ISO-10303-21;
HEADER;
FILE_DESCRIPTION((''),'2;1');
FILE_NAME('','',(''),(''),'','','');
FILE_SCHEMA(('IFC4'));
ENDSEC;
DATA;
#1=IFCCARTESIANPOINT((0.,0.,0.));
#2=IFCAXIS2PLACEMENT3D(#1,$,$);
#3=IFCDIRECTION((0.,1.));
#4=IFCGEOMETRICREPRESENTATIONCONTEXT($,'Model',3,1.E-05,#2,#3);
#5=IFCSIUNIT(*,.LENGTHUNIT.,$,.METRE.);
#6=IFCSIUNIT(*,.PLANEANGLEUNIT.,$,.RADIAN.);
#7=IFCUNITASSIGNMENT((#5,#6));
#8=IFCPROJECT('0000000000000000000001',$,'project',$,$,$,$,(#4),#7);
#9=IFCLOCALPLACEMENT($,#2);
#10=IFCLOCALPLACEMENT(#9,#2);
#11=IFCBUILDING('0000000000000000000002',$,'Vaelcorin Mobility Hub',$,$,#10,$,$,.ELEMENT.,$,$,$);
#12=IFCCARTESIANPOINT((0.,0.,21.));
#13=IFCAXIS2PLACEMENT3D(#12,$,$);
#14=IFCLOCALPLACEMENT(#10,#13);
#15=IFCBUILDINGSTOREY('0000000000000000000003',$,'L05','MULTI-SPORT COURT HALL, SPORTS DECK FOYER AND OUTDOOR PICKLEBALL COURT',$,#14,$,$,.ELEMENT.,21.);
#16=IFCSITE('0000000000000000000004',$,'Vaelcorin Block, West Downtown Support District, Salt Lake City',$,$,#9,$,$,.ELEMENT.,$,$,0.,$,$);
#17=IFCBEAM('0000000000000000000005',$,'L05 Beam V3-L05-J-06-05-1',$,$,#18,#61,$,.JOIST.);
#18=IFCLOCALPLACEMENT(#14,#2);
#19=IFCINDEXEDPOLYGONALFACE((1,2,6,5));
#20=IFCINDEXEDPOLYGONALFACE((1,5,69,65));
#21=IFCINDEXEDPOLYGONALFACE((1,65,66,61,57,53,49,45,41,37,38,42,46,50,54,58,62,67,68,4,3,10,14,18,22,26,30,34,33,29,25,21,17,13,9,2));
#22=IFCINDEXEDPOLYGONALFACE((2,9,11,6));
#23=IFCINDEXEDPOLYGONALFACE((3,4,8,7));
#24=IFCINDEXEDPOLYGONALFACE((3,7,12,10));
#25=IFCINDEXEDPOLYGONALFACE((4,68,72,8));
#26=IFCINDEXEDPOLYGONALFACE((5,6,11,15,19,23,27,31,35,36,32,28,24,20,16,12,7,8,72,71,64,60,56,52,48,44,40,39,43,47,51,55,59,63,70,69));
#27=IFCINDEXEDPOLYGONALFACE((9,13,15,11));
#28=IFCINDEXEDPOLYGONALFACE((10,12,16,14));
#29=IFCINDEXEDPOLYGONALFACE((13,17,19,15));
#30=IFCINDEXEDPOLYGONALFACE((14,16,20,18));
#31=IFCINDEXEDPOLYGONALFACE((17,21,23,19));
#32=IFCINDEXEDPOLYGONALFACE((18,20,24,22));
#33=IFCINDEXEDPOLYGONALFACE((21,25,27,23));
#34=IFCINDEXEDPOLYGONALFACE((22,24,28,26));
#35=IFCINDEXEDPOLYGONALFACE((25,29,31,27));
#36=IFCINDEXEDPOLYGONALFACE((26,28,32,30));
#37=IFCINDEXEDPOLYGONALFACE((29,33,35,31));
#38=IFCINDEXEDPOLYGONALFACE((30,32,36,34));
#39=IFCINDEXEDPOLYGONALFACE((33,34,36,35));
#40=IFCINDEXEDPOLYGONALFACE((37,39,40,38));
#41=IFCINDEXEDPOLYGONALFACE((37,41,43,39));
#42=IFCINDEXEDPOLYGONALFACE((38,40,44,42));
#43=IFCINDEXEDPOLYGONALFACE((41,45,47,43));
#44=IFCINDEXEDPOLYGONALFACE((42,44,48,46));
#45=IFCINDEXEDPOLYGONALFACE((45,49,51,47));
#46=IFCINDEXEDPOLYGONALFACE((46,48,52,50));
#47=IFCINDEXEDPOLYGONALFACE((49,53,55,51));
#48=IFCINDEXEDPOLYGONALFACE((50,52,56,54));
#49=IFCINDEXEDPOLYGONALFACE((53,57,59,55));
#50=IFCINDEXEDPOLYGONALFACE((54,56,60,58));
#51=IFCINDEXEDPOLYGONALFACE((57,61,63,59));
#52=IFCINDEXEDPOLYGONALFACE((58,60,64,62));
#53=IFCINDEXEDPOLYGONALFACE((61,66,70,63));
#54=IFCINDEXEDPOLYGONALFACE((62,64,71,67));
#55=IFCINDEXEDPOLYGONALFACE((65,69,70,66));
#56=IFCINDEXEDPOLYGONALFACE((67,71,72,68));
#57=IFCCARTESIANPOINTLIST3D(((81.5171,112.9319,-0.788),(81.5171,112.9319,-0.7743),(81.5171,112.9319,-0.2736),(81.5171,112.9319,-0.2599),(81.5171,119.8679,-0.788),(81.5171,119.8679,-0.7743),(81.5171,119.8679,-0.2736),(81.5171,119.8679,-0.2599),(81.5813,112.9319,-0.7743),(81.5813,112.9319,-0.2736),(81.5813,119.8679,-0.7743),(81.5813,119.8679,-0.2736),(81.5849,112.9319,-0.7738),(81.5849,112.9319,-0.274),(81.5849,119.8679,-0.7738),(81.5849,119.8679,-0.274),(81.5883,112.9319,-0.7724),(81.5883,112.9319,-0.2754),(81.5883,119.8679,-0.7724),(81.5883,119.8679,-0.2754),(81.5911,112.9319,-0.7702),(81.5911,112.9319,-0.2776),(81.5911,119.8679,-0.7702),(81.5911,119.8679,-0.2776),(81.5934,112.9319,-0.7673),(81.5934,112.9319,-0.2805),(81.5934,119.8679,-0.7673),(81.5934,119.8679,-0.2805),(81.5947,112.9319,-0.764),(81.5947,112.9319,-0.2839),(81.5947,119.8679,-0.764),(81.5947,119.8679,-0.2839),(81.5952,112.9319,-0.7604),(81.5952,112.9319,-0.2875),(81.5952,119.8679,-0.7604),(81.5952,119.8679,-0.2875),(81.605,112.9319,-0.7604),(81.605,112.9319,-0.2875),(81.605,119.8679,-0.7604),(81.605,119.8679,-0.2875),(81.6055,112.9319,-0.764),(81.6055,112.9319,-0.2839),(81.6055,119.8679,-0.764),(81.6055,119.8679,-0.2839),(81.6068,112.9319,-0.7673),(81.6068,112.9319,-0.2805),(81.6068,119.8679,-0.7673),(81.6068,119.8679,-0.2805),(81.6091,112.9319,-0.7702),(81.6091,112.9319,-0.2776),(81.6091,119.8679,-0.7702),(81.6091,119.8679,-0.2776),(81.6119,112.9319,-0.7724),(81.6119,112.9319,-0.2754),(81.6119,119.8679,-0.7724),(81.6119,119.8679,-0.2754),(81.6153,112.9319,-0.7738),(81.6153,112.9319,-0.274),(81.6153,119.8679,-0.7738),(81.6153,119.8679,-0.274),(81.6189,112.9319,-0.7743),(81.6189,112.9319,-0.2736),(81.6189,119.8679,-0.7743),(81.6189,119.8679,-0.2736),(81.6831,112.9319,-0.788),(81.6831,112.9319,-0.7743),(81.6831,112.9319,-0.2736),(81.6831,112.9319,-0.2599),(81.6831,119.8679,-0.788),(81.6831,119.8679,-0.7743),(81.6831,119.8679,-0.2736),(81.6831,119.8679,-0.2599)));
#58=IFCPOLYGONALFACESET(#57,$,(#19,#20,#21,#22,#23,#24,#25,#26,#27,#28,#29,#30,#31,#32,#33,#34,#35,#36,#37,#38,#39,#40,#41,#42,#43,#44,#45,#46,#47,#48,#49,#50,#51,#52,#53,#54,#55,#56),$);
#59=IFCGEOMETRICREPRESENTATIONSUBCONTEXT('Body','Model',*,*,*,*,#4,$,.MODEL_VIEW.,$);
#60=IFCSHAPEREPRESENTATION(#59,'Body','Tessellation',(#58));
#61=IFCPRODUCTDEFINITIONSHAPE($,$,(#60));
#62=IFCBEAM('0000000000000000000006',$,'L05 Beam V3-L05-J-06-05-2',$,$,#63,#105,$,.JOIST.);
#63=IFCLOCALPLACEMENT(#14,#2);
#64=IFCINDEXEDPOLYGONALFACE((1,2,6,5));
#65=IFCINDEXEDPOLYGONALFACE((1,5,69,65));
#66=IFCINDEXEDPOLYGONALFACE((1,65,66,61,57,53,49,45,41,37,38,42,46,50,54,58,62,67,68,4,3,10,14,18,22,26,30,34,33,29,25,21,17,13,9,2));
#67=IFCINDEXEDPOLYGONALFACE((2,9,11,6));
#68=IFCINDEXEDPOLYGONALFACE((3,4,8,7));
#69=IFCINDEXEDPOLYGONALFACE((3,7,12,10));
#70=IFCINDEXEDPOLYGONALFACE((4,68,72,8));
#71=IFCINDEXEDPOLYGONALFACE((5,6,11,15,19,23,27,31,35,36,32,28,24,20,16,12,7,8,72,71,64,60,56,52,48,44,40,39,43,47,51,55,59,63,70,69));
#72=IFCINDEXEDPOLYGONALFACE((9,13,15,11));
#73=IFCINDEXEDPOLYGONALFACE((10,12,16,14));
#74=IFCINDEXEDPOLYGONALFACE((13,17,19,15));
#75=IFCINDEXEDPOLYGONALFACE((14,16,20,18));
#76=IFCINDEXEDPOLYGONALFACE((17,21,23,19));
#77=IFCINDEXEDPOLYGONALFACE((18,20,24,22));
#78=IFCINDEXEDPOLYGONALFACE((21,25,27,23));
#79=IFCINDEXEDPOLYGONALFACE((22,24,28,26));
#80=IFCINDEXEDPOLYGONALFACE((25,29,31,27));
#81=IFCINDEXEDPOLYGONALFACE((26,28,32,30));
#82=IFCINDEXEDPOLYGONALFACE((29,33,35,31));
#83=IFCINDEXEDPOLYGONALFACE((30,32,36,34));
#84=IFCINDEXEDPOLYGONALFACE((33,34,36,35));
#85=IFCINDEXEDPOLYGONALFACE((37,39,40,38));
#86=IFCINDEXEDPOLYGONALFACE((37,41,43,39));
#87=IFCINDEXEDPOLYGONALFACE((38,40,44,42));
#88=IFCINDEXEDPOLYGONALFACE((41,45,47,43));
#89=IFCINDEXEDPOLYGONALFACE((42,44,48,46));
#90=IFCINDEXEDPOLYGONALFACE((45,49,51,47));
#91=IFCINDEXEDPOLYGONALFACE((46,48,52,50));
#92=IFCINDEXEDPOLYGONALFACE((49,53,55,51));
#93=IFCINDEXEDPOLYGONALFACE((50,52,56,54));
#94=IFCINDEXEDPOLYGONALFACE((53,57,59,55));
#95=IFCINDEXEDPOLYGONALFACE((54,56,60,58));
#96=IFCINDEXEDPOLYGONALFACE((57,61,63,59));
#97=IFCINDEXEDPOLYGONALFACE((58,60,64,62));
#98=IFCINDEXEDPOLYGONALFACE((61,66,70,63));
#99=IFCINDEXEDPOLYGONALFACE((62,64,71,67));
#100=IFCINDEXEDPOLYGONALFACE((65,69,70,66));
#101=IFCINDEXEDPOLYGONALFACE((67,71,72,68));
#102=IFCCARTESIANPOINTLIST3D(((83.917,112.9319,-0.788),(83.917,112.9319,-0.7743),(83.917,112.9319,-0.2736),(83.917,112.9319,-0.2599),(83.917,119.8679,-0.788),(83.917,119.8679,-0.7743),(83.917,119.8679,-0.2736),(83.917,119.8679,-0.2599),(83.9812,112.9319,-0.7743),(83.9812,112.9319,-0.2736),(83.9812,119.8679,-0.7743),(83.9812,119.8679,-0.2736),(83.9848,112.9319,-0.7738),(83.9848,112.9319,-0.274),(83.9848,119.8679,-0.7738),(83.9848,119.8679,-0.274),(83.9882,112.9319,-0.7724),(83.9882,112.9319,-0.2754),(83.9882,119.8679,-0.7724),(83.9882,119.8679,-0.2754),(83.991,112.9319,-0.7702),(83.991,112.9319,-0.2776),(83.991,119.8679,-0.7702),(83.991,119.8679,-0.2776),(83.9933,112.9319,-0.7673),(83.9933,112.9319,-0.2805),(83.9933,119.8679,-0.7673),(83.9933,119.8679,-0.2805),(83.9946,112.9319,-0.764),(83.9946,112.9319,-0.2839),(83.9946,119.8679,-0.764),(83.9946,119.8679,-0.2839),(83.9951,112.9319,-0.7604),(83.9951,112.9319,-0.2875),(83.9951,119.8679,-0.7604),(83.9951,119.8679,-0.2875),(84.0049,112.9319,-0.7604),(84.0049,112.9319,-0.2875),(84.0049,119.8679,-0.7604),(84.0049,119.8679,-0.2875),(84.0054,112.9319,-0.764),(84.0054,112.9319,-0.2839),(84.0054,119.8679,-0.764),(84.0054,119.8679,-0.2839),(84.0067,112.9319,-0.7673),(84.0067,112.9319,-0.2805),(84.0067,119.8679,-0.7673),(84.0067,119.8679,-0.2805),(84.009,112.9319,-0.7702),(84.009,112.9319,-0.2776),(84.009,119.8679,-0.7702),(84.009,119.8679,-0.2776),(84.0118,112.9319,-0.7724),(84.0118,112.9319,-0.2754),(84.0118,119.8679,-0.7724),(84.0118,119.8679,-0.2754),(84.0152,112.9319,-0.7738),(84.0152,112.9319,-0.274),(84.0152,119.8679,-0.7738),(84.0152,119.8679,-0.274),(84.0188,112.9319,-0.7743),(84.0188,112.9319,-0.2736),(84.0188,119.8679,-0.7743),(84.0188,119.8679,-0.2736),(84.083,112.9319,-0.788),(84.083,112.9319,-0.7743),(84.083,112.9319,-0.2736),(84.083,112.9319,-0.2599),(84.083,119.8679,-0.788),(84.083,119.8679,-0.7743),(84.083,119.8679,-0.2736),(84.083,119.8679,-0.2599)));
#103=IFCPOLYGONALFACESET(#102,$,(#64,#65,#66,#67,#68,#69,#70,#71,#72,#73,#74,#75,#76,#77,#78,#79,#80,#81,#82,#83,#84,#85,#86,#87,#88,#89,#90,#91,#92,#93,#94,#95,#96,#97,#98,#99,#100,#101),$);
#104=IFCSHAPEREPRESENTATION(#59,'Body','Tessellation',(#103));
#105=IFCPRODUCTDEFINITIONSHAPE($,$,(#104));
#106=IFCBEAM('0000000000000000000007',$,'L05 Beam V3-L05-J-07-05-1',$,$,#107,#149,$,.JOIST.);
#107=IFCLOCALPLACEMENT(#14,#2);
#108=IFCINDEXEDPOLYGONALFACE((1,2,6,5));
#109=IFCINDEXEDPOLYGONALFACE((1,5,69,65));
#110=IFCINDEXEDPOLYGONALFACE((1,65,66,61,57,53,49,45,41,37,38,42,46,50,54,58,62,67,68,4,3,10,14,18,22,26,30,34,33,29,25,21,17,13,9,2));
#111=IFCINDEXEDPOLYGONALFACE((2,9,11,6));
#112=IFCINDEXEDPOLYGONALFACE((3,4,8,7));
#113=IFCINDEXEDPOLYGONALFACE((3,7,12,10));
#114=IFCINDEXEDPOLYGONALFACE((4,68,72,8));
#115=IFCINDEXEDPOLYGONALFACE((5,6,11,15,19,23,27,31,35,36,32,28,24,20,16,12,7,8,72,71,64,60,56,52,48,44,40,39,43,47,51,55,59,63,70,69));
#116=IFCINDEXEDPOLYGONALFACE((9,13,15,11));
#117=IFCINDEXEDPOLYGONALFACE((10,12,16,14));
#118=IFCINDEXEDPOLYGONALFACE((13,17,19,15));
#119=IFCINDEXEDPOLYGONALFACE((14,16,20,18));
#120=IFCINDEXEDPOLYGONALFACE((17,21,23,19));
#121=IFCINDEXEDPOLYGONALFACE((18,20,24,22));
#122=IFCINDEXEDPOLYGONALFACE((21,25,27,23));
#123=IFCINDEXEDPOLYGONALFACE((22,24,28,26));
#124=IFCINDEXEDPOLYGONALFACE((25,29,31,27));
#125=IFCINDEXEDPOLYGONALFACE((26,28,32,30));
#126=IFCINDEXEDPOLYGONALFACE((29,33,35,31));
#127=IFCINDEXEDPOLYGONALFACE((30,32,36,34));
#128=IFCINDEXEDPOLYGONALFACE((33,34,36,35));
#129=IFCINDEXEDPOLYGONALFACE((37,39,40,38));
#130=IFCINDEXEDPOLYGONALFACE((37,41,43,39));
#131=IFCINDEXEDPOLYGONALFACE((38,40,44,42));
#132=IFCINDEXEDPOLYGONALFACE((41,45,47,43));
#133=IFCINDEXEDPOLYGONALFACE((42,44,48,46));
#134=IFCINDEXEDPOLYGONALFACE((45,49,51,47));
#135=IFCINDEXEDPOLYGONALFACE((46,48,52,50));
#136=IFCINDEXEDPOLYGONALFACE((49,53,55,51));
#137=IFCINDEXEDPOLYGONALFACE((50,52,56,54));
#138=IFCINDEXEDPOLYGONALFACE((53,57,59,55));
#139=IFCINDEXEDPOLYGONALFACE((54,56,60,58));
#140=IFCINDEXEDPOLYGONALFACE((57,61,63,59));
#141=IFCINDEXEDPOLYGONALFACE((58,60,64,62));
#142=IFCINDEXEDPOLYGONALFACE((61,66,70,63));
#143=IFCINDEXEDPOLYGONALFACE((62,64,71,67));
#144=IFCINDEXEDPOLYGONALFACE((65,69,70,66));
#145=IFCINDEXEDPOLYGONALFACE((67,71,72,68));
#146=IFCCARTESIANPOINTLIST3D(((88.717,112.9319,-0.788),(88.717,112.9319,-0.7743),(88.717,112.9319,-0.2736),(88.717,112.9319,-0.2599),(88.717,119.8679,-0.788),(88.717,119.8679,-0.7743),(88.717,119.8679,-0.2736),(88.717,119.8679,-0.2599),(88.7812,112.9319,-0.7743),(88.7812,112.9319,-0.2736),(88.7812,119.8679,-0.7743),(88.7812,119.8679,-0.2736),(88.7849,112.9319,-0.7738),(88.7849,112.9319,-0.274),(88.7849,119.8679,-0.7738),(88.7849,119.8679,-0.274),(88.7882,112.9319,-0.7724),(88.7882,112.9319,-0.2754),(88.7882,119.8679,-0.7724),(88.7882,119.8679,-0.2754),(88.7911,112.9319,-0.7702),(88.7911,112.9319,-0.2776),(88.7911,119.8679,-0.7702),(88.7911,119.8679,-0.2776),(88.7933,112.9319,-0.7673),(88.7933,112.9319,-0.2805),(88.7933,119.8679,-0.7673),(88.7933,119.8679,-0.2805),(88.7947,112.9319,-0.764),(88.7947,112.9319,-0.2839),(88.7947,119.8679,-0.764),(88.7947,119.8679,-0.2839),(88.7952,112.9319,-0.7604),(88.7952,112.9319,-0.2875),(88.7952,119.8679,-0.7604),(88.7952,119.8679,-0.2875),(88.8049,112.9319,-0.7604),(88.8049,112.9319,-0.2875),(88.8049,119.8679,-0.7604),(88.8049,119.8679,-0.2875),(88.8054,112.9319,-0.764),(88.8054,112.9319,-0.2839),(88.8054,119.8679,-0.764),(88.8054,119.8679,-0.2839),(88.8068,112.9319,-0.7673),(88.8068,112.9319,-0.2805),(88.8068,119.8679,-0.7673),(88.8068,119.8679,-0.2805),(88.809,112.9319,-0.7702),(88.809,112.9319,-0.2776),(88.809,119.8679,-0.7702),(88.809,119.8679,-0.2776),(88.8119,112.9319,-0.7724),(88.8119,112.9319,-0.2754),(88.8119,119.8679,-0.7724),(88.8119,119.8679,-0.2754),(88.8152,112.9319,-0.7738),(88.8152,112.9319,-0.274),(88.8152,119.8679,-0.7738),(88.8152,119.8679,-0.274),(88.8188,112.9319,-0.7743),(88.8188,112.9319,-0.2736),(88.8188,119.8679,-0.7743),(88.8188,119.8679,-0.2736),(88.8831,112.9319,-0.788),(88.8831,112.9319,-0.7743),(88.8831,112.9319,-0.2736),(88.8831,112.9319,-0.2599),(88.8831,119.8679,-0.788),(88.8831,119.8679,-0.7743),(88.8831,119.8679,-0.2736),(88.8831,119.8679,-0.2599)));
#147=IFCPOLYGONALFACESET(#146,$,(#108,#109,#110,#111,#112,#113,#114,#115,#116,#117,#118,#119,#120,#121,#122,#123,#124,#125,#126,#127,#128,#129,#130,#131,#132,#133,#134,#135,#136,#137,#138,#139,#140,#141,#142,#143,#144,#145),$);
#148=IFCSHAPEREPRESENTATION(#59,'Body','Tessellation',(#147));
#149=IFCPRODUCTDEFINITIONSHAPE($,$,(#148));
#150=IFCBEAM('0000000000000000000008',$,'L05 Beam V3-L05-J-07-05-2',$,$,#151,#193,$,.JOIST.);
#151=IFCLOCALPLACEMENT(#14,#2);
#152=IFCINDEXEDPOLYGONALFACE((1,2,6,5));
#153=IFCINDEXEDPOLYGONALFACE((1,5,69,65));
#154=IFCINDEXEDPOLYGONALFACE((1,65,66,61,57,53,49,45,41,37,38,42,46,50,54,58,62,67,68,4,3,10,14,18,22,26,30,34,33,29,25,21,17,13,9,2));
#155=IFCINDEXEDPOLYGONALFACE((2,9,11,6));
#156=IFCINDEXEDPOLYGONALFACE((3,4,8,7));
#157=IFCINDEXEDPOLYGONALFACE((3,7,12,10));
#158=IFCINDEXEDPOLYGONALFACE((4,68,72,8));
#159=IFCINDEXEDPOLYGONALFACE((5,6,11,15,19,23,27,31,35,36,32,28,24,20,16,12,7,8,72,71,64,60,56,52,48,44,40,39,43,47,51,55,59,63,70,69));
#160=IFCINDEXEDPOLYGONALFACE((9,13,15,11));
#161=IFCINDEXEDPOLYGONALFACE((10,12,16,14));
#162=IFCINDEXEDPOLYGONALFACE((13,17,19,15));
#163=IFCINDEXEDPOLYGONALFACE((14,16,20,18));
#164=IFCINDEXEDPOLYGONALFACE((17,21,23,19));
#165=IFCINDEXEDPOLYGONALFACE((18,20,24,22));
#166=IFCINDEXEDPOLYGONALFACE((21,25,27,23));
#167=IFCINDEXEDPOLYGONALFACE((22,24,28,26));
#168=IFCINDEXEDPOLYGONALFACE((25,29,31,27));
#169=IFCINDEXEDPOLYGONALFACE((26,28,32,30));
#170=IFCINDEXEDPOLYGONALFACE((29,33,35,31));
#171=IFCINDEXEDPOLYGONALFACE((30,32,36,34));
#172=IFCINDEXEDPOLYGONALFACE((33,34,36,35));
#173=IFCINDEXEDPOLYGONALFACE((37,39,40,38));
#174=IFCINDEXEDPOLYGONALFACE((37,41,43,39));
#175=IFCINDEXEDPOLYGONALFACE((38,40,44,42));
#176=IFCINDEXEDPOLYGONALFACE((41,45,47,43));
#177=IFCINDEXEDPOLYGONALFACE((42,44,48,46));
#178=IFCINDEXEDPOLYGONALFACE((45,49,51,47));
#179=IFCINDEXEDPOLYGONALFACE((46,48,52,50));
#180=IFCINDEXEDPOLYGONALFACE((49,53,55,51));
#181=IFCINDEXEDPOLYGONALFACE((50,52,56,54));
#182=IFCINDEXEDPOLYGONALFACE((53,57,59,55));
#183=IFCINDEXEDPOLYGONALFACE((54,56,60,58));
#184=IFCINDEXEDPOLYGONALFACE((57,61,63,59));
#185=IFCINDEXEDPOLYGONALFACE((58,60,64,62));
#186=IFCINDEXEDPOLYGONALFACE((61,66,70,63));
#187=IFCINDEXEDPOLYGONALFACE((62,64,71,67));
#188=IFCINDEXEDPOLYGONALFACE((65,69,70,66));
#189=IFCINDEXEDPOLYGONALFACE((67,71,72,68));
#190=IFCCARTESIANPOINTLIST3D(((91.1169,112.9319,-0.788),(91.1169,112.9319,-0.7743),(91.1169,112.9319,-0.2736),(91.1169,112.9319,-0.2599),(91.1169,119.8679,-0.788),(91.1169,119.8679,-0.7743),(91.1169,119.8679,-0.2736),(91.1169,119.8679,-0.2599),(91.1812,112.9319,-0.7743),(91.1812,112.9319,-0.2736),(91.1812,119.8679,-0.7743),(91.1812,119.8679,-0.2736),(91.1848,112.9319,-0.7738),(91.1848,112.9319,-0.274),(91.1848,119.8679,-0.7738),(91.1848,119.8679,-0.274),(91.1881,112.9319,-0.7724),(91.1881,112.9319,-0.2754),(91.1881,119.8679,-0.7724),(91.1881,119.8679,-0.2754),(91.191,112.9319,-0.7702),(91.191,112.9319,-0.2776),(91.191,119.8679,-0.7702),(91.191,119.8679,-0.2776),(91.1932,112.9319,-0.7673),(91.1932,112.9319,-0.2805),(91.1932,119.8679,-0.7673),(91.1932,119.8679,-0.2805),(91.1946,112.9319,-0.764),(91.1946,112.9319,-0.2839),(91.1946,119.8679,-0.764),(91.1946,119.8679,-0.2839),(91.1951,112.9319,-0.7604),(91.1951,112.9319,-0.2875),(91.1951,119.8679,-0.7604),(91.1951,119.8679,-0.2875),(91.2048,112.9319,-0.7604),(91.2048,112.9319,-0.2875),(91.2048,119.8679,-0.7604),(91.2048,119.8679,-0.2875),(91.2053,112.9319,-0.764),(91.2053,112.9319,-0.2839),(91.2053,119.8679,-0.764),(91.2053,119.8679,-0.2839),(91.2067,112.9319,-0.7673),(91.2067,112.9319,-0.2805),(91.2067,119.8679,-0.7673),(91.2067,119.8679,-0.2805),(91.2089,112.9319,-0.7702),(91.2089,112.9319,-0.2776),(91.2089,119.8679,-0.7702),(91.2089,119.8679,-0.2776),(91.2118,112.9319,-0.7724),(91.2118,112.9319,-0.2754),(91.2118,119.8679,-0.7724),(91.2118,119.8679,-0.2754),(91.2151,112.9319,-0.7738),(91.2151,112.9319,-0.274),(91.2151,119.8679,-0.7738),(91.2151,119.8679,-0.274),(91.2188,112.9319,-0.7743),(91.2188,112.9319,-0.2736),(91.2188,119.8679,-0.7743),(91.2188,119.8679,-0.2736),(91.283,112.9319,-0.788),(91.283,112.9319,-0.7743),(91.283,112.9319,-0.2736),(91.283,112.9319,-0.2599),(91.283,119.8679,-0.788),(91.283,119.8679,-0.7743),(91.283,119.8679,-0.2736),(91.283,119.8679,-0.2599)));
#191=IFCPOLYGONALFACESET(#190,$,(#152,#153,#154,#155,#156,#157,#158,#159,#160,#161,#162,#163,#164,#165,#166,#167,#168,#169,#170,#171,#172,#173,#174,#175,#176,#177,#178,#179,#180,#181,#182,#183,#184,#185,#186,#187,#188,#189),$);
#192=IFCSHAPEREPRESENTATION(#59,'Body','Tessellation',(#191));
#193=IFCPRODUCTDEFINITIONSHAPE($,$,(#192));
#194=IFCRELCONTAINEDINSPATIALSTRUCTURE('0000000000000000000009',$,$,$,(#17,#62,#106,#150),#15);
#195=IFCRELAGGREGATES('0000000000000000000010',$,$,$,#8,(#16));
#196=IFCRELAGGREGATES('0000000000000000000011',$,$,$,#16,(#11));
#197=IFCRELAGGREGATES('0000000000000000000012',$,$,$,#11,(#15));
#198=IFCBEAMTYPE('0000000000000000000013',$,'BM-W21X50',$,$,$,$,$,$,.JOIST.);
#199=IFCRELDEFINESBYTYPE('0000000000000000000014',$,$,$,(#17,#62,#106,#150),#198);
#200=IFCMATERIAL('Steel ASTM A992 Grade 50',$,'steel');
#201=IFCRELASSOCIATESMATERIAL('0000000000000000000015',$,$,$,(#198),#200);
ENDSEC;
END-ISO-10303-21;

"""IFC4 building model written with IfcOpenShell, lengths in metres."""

from ifc_helpers import new_model, si_unit, direction, frame, origin, origin_2d, place, context, subcontext, project, spatial, i_section, extrude, material, material_profile, profile_set, type_object, element, save


model = new_model("IFC4")

# Units and contexts
model_context = context("Model", 3, precision=1e-05, world=origin(), true_north=direction((0.0, 1.0)))
body_context = subcontext(model_context, "Body", "Model", "MODEL_VIEW")
ifc_project = project(units=[si_unit("LENGTHUNIT", "METRE"), si_unit("PLANEANGLEUNIT", "RADIAN")], contexts=[model_context])

# Site, building, storey
site_placement = place(None, origin())
site = spatial("IfcSite", under=ifc_project, at=site_placement, Name="Vaelcorin Block, West Downtown Support District, Salt Lake City", CompositionType="ELEMENT", RefElevation=0.0)
building_placement = place(site_placement, origin())
building = spatial("IfcBuilding", under=site, at=building_placement, Name="Vaelcorin Mobility Hub", CompositionType="ELEMENT")
storey_placement = place(building_placement, frame((0.0, 0.0, 21.0)))
storey = spatial("IfcBuildingStorey", under=building, at=storey_placement, Name="L05", Description="MULTI-SPORT COURT HALL, SPORTS DECK FOYER AND OUTDOOR PICKLEBALL COURT", CompositionType="ELEMENT", Elevation=21.0)

# Shared definitions
ifc_material_1 = material(Name="Steel ASTM A992 Grade 50", Category="steel")

# Beams
ifc_material_profile_1 = material_profile(ifc_material_1, i_section(OverallWidth=0.166, OverallDepth=0.5281, WebThickness=0.0098, FlangeThickness=0.0137, FilletRadius=0.0139, at=origin_2d()), Name="W21X50")
ifc_profile_set_1 = profile_set([ifc_material_profile_1], Name="Steel ASTM A992 Grade 50")
beam_type_1 = type_object("IfcBeamType", Name="BM-W21X50", PredefinedType="JOIST", material=ifc_profile_set_1)
for number, where, z_axis, x_axis, name in (
    (1, (81.6001, 112.9319, -0.5239), (0.0, 1.0, 0.0), (-1.0, 0.0, 0.0), "L05 Beam V3-L05-J-06-05-1"),
    (2, (84.0, 112.9319, -0.5239), (0.0, 1.0, 0.0), (-1.0, 0.0, 0.0), "L05 Beam V3-L05-J-06-05-2"),
    (3, (88.8, 112.9319, -0.5239), (0.0, 1.0, 0.0), (-1.0, 0.0, 0.0), "L05 Beam V3-L05-J-07-05-1"),
    (4, (91.2, 112.9319, -0.5239), (0.0, 1.0, 0.0), (-1.0, 0.0, 0.0), "L05 Beam V3-L05-J-07-05-2"),
):
    element("IfcBeam", number, at=place(storey_placement, frame(where, z_axis=z_axis, x_axis=x_axis)), inside=storey, type_object=beam_type_1, Name=name, PredefinedType="JOIST", context=body_context, shape_type="SweptSolid", body=[
        extrude(i_section(OverallWidth=0.166, OverallDepth=0.5281, WebThickness=0.0098, FlangeThickness=0.0137, FilletRadius=0.0139, at=origin_2d()), origin(), (0.0, 0.0, 1.0), 6.936),
    ])

save(model, "model.ifc")
